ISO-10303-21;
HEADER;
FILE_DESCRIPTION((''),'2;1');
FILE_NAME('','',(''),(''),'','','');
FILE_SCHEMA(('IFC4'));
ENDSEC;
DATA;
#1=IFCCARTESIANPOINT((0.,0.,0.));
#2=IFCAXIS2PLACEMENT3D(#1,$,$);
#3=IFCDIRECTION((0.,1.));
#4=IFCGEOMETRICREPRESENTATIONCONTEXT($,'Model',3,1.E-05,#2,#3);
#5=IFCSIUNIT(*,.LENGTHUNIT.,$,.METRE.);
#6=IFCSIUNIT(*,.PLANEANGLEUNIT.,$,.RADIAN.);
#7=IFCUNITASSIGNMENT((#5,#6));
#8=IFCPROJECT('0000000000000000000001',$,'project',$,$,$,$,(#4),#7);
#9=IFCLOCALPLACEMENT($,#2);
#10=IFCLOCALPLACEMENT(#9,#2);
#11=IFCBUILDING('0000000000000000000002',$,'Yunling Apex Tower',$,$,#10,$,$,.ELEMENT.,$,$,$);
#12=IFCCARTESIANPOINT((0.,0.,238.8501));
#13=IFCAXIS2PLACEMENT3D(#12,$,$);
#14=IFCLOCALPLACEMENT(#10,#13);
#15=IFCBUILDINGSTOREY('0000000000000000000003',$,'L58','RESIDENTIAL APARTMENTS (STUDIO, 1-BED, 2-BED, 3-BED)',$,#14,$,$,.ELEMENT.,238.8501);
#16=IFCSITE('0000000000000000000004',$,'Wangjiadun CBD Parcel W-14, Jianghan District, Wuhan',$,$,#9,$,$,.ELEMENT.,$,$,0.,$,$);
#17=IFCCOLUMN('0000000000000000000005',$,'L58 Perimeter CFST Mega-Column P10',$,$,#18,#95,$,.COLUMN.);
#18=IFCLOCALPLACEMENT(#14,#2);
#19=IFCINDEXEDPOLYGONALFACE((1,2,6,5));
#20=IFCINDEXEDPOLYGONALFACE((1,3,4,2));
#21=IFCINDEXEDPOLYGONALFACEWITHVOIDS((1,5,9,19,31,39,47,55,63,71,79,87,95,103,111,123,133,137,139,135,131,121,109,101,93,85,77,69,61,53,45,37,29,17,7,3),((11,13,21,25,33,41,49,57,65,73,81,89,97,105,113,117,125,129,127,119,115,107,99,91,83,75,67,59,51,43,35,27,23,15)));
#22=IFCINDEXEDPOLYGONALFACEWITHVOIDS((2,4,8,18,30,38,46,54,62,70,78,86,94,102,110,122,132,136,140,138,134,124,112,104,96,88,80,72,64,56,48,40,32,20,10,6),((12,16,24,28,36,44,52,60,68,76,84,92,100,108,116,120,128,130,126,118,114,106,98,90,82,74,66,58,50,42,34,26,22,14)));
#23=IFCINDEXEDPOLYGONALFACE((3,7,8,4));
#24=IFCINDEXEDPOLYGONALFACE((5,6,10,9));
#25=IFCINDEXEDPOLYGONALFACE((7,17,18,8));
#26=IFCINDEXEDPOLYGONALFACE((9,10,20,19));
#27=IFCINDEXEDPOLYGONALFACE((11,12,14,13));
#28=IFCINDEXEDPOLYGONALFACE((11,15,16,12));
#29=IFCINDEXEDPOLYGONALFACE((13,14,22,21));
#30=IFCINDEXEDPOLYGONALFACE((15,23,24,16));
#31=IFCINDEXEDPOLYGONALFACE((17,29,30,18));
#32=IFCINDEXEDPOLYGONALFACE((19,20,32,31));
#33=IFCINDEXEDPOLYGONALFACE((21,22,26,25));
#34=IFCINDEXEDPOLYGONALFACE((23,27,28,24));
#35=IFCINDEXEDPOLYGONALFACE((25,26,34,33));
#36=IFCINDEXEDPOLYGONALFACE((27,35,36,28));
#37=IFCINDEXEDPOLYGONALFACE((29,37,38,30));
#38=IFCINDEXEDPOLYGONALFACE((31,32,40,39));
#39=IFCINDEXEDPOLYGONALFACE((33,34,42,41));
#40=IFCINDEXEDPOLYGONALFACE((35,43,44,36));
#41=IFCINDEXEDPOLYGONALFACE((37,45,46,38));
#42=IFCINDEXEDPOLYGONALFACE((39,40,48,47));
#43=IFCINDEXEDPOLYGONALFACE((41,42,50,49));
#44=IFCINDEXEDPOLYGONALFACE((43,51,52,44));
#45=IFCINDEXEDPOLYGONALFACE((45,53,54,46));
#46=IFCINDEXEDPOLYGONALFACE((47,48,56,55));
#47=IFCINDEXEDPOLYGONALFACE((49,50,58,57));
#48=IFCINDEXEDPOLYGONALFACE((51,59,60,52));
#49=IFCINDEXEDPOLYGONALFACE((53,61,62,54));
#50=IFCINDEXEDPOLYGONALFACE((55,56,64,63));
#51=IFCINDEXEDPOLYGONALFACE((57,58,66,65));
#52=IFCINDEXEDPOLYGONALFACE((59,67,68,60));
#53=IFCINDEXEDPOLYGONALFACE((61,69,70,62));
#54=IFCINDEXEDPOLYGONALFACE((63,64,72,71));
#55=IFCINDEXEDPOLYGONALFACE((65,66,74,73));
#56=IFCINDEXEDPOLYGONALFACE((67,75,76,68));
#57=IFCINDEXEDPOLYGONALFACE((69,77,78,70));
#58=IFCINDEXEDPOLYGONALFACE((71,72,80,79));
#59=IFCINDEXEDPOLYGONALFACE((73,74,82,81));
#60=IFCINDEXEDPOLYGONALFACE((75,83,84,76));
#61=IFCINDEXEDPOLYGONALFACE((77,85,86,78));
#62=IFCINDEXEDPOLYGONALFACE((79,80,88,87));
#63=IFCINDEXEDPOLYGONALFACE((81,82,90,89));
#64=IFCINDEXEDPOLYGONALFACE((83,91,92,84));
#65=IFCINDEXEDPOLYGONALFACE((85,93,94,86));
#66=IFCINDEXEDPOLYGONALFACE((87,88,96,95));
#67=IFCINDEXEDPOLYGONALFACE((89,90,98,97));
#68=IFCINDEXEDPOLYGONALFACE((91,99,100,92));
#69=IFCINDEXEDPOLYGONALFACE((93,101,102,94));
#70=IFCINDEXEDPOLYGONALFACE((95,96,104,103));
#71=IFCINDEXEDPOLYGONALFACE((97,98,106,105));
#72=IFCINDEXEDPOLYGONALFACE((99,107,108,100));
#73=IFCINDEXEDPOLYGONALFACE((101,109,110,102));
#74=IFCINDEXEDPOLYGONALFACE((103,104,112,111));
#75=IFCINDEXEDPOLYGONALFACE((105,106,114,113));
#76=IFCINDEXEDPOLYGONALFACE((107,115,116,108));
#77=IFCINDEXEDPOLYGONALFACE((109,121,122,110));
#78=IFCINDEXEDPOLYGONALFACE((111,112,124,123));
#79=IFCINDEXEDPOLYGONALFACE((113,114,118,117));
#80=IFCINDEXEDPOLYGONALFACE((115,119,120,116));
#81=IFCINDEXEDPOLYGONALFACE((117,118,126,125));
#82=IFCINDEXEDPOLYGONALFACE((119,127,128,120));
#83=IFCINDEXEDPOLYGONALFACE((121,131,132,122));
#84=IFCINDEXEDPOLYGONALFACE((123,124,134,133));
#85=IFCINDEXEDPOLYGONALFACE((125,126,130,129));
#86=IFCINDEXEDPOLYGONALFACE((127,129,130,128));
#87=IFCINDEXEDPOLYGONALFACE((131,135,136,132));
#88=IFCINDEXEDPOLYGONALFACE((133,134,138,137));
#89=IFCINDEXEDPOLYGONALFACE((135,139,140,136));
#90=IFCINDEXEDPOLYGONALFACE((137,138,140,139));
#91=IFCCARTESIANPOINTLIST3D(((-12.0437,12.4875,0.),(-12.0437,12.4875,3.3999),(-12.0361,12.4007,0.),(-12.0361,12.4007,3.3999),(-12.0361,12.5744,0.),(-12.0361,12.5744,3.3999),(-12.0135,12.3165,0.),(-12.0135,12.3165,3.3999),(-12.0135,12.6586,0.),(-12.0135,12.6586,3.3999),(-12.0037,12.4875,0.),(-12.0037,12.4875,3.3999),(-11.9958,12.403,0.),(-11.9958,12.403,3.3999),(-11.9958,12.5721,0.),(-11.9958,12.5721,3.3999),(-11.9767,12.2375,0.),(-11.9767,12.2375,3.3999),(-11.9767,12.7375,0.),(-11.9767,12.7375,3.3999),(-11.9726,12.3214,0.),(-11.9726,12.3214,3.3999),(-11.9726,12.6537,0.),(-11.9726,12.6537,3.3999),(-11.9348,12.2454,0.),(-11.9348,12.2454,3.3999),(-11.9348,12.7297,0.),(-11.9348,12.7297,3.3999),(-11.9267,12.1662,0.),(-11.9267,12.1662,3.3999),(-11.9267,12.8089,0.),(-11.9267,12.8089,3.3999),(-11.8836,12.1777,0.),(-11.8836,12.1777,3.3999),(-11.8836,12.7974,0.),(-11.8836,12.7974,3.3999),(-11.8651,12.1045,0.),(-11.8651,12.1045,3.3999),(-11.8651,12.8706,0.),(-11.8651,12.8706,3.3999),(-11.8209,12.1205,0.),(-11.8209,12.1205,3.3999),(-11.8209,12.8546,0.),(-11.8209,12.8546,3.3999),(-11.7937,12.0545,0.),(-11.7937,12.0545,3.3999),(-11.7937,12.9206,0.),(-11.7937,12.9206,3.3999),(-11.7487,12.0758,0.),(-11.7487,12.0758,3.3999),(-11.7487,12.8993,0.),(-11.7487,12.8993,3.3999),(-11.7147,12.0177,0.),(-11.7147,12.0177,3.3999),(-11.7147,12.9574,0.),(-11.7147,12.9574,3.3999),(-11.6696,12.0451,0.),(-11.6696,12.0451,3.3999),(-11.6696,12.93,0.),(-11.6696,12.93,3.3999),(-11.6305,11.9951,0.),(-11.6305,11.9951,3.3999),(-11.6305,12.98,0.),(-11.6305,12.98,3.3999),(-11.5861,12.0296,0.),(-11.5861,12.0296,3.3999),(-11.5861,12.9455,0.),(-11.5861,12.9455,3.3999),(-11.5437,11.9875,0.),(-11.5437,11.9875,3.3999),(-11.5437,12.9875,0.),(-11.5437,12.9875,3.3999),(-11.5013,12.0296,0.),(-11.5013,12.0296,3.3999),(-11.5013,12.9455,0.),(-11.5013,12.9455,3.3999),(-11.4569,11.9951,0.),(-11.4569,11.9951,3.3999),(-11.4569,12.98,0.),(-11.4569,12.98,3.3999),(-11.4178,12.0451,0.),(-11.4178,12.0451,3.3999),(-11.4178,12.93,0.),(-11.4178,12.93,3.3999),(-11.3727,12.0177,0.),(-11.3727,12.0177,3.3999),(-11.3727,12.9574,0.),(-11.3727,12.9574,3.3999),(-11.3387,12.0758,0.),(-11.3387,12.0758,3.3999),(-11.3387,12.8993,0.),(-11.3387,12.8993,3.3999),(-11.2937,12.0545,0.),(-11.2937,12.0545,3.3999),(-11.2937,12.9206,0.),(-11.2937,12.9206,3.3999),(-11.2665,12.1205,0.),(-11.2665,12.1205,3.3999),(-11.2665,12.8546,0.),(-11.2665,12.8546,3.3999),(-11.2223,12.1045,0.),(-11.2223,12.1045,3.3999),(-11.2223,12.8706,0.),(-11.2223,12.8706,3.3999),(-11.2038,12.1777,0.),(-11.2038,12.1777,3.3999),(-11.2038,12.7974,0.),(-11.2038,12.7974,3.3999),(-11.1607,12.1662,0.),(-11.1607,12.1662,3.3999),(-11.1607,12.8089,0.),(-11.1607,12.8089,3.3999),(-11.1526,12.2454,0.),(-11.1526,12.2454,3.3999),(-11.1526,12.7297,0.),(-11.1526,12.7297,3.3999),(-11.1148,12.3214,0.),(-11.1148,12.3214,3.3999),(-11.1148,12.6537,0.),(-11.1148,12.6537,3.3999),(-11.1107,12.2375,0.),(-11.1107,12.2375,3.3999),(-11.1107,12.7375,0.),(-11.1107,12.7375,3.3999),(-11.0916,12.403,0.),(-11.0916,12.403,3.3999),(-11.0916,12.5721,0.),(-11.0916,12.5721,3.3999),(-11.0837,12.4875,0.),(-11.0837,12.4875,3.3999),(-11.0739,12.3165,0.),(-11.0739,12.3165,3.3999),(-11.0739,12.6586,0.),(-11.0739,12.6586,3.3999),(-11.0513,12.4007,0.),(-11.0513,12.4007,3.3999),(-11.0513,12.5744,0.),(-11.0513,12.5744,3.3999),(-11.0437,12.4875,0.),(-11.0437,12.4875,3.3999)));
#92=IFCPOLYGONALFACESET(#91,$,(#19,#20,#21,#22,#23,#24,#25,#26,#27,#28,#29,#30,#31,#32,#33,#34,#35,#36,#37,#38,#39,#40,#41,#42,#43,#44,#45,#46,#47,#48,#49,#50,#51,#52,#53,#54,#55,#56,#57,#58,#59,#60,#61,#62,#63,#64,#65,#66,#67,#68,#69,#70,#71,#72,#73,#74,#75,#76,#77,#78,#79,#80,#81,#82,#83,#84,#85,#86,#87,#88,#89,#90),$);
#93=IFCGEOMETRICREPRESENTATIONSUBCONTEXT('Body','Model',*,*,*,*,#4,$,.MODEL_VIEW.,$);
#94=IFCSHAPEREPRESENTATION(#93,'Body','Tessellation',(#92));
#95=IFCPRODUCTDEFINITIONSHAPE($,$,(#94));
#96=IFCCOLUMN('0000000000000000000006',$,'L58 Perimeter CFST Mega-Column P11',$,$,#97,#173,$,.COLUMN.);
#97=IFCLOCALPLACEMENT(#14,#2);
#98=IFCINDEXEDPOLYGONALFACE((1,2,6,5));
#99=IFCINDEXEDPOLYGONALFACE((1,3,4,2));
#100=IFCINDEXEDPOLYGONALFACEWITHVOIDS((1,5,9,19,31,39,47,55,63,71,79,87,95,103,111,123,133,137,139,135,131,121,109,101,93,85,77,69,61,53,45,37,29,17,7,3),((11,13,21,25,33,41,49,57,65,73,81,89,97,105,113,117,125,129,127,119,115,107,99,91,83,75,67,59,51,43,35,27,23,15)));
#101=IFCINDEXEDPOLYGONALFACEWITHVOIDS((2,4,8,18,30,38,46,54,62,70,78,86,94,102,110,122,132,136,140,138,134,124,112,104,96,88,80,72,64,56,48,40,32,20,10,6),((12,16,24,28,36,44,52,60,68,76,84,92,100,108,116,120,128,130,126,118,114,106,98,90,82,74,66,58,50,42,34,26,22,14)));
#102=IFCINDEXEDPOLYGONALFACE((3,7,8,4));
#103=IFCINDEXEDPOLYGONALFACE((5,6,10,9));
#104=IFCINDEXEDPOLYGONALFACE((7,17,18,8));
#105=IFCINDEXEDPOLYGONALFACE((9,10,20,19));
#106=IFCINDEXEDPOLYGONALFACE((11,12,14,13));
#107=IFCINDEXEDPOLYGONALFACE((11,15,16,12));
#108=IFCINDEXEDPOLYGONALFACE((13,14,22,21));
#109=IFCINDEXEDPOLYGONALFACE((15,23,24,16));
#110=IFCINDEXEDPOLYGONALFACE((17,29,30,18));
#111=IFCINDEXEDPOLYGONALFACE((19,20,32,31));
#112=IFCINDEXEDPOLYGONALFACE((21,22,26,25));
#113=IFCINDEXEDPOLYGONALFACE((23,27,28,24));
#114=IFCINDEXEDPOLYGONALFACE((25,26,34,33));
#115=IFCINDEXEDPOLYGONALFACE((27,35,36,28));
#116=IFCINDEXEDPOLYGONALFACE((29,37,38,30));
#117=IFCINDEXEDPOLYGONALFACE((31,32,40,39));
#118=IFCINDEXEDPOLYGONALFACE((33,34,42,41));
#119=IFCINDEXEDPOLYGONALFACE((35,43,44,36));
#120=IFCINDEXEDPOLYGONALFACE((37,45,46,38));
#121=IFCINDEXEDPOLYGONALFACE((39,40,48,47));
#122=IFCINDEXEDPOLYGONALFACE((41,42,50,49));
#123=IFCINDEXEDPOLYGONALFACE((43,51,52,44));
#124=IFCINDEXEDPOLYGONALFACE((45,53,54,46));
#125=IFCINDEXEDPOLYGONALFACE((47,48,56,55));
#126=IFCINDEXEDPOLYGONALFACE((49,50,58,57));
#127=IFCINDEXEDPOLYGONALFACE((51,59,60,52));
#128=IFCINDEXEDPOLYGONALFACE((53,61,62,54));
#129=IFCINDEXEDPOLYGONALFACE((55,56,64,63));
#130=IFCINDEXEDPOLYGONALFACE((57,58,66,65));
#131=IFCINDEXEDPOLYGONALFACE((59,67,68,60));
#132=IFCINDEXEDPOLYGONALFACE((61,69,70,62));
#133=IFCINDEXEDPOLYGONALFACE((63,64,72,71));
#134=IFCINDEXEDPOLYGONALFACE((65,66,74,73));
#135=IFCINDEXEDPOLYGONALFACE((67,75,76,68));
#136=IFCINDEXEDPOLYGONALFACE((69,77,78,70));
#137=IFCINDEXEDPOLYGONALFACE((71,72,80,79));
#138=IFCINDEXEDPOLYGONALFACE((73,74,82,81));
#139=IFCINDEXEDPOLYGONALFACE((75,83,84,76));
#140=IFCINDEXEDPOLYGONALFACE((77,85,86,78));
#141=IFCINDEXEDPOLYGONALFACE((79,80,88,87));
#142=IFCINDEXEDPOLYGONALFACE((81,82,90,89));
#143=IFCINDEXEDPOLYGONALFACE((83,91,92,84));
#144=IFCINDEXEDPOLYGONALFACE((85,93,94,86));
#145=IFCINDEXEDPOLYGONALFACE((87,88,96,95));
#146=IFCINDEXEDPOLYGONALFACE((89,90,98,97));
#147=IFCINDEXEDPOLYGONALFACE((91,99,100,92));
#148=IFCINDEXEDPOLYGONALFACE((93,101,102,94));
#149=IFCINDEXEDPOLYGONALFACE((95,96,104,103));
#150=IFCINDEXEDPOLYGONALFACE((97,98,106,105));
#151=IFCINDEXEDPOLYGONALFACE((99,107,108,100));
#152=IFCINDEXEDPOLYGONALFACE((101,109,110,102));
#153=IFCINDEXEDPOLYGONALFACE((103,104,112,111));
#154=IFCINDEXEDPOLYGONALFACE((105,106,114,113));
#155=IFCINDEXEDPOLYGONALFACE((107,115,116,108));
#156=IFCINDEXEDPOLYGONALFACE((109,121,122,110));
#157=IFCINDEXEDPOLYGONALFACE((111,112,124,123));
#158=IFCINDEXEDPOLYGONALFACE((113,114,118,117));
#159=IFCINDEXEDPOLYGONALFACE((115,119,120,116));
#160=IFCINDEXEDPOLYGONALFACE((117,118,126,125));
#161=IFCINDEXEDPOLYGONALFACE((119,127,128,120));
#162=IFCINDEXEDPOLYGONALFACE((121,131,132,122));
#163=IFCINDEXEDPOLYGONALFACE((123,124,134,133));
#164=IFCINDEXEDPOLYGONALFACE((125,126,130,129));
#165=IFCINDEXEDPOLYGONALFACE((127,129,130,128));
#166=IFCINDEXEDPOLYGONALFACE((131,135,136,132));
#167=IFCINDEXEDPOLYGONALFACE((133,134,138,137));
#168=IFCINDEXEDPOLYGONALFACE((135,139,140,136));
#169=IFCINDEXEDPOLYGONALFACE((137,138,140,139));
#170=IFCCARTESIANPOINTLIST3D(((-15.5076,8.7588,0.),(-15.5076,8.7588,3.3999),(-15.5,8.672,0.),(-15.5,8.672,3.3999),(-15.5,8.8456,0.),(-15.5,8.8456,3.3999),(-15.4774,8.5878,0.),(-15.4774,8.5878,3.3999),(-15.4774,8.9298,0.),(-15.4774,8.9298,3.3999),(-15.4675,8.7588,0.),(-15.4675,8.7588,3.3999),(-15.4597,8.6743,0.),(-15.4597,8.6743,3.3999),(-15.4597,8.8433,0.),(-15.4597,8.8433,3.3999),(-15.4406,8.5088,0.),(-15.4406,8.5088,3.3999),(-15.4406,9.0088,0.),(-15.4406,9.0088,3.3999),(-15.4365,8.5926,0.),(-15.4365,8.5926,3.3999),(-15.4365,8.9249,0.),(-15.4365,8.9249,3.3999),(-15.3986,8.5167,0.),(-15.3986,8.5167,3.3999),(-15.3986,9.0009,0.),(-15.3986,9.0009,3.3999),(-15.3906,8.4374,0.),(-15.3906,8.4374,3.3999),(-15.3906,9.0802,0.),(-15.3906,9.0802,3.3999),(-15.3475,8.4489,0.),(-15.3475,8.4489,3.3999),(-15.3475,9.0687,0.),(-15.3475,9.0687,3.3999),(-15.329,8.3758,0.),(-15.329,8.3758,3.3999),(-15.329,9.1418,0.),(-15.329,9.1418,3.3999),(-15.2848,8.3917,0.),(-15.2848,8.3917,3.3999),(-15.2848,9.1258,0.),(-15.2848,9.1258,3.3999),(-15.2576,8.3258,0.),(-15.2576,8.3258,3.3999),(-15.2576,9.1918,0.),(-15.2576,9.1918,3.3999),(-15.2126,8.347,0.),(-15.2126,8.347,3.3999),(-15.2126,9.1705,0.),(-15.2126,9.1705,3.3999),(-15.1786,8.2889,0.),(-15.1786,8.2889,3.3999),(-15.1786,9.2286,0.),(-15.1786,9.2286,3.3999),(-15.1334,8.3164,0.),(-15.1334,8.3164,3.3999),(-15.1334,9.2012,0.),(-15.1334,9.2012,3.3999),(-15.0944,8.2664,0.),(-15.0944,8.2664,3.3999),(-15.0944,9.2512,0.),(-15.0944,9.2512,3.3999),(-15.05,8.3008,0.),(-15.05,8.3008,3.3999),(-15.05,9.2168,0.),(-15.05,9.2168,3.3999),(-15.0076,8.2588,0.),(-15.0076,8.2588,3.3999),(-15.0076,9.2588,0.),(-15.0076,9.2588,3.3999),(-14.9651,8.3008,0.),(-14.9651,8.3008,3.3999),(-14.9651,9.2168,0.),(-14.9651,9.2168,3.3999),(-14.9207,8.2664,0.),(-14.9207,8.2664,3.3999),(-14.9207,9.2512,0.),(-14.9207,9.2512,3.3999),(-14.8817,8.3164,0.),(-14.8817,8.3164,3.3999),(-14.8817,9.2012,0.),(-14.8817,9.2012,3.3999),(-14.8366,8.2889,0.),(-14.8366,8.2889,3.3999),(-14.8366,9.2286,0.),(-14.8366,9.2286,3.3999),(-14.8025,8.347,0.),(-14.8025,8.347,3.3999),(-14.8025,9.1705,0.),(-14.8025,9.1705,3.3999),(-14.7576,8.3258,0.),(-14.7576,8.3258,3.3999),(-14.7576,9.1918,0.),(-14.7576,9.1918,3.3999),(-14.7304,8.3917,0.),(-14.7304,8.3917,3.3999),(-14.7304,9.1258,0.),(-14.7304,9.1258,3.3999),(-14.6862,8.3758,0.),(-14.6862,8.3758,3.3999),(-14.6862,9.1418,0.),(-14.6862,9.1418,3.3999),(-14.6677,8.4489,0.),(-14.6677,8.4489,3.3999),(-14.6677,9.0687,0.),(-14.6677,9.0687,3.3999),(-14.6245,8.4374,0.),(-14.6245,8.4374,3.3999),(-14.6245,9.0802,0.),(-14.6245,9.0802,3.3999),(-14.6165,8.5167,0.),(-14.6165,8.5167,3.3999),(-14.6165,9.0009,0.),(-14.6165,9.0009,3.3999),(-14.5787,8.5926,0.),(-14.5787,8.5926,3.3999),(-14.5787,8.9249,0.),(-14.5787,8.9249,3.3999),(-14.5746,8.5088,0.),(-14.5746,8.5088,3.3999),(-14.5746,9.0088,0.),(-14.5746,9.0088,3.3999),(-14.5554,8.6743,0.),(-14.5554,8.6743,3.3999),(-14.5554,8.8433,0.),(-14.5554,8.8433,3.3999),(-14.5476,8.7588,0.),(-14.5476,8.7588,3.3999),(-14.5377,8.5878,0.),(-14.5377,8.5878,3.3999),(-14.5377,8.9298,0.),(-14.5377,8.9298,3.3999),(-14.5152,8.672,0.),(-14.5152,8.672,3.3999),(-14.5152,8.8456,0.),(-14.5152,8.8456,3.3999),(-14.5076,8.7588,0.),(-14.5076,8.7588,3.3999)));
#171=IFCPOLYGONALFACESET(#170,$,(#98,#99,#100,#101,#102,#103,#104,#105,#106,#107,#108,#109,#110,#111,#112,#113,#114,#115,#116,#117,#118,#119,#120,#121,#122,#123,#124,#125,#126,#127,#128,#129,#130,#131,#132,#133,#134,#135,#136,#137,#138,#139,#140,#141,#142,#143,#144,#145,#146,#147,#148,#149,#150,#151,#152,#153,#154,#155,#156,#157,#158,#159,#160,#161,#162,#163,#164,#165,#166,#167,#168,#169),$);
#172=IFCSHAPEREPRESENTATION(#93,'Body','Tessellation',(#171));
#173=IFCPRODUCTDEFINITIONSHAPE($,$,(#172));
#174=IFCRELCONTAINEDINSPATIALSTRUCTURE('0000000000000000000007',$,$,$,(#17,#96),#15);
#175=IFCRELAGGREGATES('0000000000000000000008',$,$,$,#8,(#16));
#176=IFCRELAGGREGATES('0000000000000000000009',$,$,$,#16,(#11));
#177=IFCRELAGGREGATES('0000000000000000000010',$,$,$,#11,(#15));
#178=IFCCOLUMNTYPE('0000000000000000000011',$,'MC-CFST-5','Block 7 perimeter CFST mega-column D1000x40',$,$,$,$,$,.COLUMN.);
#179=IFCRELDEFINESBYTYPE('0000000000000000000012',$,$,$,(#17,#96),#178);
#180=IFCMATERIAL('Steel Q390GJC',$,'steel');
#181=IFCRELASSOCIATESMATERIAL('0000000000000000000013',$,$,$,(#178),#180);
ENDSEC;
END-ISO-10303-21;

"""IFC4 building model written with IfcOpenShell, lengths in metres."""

from ifc_helpers import new_model, si_unit, direction, frame, origin, origin_2d, place, context, subcontext, project, spatial, hollow_circle, extrude, source, transform, mapped, material, material_profile, profile_set, type_object, element, save


model = new_model("IFC4")

# Units and contexts
model_context = context("Model", 3, precision=1e-05, world=origin(), true_north=direction((0.0, 1.0)))
body_context = subcontext(model_context, "Body", "Model", "MODEL_VIEW")
ifc_project = project(units=[si_unit("LENGTHUNIT", "METRE"), si_unit("PLANEANGLEUNIT", "RADIAN")], contexts=[model_context])

# Site, building, storey
site_placement = place(None, origin())
site = spatial("IfcSite", under=ifc_project, at=site_placement, Name="Wangjiadun CBD Parcel W-14, Jianghan District, Wuhan", CompositionType="ELEMENT", RefElevation=0.0)
building_placement = place(site_placement, origin())
building = spatial("IfcBuilding", under=site, at=building_placement, Name="Yunling Apex Tower", CompositionType="ELEMENT")
storey_placement = place(building_placement, frame((0.0, 0.0, 238.8501)))
storey = spatial("IfcBuildingStorey", under=building, at=storey_placement, Name="L58", Description="RESIDENTIAL APARTMENTS (STUDIO, 1-BED, 2-BED, 3-BED)", CompositionType="ELEMENT", Elevation=238.8501)

# Columns
ifc_material_1 = material(Name="Steel Q390GJC", Category="steel")
ifc_material_profile_1 = material_profile(ifc_material_1, hollow_circle(Radius=0.5, WallThickness=0.04, at=origin_2d()))
ifc_profile_set_1 = profile_set([ifc_material_profile_1], Name="Steel Q390GJC")
column_type = type_object("IfcColumnType", Name="MC-CFST-5", Description="Block 7 perimeter CFST mega-column D1000x40", PredefinedType="COLUMN", material=ifc_profile_set_1)
shared_shape_1 = source(origin(), body_context, "Body", "SweptSolid", [
    extrude(hollow_circle(Radius=0.5, WallThickness=0.04, at=origin_2d()), origin(), (0.0, 0.0, 1.0), 3.3999),
])
for number, where, z_axis, x_axis, name in (
    (1, (-11.5437, 12.4875, 0.0), (0.0, 0.0, 1.0), (1.0, 0.0, 0.0), "L58 Perimeter CFST Mega-Column P10"),
    (2, (-15.0076, 8.7588, 0.0), (0.0, 0.0, 1.0), (1.0, 0.0, 0.0), "L58 Perimeter CFST Mega-Column P11"),
):
    element("IfcColumn", number, at=place(storey_placement, frame(where, z_axis=z_axis, x_axis=x_axis)), inside=storey, type_object=column_type, Name=name, PredefinedType="COLUMN", context=body_context, shape_type="MappedRepresentation", body=[
        mapped(shared_shape_1, transform((0.0, 0.0, 0.0), scale=1.0)),
    ])

save(model, "model.ifc")
